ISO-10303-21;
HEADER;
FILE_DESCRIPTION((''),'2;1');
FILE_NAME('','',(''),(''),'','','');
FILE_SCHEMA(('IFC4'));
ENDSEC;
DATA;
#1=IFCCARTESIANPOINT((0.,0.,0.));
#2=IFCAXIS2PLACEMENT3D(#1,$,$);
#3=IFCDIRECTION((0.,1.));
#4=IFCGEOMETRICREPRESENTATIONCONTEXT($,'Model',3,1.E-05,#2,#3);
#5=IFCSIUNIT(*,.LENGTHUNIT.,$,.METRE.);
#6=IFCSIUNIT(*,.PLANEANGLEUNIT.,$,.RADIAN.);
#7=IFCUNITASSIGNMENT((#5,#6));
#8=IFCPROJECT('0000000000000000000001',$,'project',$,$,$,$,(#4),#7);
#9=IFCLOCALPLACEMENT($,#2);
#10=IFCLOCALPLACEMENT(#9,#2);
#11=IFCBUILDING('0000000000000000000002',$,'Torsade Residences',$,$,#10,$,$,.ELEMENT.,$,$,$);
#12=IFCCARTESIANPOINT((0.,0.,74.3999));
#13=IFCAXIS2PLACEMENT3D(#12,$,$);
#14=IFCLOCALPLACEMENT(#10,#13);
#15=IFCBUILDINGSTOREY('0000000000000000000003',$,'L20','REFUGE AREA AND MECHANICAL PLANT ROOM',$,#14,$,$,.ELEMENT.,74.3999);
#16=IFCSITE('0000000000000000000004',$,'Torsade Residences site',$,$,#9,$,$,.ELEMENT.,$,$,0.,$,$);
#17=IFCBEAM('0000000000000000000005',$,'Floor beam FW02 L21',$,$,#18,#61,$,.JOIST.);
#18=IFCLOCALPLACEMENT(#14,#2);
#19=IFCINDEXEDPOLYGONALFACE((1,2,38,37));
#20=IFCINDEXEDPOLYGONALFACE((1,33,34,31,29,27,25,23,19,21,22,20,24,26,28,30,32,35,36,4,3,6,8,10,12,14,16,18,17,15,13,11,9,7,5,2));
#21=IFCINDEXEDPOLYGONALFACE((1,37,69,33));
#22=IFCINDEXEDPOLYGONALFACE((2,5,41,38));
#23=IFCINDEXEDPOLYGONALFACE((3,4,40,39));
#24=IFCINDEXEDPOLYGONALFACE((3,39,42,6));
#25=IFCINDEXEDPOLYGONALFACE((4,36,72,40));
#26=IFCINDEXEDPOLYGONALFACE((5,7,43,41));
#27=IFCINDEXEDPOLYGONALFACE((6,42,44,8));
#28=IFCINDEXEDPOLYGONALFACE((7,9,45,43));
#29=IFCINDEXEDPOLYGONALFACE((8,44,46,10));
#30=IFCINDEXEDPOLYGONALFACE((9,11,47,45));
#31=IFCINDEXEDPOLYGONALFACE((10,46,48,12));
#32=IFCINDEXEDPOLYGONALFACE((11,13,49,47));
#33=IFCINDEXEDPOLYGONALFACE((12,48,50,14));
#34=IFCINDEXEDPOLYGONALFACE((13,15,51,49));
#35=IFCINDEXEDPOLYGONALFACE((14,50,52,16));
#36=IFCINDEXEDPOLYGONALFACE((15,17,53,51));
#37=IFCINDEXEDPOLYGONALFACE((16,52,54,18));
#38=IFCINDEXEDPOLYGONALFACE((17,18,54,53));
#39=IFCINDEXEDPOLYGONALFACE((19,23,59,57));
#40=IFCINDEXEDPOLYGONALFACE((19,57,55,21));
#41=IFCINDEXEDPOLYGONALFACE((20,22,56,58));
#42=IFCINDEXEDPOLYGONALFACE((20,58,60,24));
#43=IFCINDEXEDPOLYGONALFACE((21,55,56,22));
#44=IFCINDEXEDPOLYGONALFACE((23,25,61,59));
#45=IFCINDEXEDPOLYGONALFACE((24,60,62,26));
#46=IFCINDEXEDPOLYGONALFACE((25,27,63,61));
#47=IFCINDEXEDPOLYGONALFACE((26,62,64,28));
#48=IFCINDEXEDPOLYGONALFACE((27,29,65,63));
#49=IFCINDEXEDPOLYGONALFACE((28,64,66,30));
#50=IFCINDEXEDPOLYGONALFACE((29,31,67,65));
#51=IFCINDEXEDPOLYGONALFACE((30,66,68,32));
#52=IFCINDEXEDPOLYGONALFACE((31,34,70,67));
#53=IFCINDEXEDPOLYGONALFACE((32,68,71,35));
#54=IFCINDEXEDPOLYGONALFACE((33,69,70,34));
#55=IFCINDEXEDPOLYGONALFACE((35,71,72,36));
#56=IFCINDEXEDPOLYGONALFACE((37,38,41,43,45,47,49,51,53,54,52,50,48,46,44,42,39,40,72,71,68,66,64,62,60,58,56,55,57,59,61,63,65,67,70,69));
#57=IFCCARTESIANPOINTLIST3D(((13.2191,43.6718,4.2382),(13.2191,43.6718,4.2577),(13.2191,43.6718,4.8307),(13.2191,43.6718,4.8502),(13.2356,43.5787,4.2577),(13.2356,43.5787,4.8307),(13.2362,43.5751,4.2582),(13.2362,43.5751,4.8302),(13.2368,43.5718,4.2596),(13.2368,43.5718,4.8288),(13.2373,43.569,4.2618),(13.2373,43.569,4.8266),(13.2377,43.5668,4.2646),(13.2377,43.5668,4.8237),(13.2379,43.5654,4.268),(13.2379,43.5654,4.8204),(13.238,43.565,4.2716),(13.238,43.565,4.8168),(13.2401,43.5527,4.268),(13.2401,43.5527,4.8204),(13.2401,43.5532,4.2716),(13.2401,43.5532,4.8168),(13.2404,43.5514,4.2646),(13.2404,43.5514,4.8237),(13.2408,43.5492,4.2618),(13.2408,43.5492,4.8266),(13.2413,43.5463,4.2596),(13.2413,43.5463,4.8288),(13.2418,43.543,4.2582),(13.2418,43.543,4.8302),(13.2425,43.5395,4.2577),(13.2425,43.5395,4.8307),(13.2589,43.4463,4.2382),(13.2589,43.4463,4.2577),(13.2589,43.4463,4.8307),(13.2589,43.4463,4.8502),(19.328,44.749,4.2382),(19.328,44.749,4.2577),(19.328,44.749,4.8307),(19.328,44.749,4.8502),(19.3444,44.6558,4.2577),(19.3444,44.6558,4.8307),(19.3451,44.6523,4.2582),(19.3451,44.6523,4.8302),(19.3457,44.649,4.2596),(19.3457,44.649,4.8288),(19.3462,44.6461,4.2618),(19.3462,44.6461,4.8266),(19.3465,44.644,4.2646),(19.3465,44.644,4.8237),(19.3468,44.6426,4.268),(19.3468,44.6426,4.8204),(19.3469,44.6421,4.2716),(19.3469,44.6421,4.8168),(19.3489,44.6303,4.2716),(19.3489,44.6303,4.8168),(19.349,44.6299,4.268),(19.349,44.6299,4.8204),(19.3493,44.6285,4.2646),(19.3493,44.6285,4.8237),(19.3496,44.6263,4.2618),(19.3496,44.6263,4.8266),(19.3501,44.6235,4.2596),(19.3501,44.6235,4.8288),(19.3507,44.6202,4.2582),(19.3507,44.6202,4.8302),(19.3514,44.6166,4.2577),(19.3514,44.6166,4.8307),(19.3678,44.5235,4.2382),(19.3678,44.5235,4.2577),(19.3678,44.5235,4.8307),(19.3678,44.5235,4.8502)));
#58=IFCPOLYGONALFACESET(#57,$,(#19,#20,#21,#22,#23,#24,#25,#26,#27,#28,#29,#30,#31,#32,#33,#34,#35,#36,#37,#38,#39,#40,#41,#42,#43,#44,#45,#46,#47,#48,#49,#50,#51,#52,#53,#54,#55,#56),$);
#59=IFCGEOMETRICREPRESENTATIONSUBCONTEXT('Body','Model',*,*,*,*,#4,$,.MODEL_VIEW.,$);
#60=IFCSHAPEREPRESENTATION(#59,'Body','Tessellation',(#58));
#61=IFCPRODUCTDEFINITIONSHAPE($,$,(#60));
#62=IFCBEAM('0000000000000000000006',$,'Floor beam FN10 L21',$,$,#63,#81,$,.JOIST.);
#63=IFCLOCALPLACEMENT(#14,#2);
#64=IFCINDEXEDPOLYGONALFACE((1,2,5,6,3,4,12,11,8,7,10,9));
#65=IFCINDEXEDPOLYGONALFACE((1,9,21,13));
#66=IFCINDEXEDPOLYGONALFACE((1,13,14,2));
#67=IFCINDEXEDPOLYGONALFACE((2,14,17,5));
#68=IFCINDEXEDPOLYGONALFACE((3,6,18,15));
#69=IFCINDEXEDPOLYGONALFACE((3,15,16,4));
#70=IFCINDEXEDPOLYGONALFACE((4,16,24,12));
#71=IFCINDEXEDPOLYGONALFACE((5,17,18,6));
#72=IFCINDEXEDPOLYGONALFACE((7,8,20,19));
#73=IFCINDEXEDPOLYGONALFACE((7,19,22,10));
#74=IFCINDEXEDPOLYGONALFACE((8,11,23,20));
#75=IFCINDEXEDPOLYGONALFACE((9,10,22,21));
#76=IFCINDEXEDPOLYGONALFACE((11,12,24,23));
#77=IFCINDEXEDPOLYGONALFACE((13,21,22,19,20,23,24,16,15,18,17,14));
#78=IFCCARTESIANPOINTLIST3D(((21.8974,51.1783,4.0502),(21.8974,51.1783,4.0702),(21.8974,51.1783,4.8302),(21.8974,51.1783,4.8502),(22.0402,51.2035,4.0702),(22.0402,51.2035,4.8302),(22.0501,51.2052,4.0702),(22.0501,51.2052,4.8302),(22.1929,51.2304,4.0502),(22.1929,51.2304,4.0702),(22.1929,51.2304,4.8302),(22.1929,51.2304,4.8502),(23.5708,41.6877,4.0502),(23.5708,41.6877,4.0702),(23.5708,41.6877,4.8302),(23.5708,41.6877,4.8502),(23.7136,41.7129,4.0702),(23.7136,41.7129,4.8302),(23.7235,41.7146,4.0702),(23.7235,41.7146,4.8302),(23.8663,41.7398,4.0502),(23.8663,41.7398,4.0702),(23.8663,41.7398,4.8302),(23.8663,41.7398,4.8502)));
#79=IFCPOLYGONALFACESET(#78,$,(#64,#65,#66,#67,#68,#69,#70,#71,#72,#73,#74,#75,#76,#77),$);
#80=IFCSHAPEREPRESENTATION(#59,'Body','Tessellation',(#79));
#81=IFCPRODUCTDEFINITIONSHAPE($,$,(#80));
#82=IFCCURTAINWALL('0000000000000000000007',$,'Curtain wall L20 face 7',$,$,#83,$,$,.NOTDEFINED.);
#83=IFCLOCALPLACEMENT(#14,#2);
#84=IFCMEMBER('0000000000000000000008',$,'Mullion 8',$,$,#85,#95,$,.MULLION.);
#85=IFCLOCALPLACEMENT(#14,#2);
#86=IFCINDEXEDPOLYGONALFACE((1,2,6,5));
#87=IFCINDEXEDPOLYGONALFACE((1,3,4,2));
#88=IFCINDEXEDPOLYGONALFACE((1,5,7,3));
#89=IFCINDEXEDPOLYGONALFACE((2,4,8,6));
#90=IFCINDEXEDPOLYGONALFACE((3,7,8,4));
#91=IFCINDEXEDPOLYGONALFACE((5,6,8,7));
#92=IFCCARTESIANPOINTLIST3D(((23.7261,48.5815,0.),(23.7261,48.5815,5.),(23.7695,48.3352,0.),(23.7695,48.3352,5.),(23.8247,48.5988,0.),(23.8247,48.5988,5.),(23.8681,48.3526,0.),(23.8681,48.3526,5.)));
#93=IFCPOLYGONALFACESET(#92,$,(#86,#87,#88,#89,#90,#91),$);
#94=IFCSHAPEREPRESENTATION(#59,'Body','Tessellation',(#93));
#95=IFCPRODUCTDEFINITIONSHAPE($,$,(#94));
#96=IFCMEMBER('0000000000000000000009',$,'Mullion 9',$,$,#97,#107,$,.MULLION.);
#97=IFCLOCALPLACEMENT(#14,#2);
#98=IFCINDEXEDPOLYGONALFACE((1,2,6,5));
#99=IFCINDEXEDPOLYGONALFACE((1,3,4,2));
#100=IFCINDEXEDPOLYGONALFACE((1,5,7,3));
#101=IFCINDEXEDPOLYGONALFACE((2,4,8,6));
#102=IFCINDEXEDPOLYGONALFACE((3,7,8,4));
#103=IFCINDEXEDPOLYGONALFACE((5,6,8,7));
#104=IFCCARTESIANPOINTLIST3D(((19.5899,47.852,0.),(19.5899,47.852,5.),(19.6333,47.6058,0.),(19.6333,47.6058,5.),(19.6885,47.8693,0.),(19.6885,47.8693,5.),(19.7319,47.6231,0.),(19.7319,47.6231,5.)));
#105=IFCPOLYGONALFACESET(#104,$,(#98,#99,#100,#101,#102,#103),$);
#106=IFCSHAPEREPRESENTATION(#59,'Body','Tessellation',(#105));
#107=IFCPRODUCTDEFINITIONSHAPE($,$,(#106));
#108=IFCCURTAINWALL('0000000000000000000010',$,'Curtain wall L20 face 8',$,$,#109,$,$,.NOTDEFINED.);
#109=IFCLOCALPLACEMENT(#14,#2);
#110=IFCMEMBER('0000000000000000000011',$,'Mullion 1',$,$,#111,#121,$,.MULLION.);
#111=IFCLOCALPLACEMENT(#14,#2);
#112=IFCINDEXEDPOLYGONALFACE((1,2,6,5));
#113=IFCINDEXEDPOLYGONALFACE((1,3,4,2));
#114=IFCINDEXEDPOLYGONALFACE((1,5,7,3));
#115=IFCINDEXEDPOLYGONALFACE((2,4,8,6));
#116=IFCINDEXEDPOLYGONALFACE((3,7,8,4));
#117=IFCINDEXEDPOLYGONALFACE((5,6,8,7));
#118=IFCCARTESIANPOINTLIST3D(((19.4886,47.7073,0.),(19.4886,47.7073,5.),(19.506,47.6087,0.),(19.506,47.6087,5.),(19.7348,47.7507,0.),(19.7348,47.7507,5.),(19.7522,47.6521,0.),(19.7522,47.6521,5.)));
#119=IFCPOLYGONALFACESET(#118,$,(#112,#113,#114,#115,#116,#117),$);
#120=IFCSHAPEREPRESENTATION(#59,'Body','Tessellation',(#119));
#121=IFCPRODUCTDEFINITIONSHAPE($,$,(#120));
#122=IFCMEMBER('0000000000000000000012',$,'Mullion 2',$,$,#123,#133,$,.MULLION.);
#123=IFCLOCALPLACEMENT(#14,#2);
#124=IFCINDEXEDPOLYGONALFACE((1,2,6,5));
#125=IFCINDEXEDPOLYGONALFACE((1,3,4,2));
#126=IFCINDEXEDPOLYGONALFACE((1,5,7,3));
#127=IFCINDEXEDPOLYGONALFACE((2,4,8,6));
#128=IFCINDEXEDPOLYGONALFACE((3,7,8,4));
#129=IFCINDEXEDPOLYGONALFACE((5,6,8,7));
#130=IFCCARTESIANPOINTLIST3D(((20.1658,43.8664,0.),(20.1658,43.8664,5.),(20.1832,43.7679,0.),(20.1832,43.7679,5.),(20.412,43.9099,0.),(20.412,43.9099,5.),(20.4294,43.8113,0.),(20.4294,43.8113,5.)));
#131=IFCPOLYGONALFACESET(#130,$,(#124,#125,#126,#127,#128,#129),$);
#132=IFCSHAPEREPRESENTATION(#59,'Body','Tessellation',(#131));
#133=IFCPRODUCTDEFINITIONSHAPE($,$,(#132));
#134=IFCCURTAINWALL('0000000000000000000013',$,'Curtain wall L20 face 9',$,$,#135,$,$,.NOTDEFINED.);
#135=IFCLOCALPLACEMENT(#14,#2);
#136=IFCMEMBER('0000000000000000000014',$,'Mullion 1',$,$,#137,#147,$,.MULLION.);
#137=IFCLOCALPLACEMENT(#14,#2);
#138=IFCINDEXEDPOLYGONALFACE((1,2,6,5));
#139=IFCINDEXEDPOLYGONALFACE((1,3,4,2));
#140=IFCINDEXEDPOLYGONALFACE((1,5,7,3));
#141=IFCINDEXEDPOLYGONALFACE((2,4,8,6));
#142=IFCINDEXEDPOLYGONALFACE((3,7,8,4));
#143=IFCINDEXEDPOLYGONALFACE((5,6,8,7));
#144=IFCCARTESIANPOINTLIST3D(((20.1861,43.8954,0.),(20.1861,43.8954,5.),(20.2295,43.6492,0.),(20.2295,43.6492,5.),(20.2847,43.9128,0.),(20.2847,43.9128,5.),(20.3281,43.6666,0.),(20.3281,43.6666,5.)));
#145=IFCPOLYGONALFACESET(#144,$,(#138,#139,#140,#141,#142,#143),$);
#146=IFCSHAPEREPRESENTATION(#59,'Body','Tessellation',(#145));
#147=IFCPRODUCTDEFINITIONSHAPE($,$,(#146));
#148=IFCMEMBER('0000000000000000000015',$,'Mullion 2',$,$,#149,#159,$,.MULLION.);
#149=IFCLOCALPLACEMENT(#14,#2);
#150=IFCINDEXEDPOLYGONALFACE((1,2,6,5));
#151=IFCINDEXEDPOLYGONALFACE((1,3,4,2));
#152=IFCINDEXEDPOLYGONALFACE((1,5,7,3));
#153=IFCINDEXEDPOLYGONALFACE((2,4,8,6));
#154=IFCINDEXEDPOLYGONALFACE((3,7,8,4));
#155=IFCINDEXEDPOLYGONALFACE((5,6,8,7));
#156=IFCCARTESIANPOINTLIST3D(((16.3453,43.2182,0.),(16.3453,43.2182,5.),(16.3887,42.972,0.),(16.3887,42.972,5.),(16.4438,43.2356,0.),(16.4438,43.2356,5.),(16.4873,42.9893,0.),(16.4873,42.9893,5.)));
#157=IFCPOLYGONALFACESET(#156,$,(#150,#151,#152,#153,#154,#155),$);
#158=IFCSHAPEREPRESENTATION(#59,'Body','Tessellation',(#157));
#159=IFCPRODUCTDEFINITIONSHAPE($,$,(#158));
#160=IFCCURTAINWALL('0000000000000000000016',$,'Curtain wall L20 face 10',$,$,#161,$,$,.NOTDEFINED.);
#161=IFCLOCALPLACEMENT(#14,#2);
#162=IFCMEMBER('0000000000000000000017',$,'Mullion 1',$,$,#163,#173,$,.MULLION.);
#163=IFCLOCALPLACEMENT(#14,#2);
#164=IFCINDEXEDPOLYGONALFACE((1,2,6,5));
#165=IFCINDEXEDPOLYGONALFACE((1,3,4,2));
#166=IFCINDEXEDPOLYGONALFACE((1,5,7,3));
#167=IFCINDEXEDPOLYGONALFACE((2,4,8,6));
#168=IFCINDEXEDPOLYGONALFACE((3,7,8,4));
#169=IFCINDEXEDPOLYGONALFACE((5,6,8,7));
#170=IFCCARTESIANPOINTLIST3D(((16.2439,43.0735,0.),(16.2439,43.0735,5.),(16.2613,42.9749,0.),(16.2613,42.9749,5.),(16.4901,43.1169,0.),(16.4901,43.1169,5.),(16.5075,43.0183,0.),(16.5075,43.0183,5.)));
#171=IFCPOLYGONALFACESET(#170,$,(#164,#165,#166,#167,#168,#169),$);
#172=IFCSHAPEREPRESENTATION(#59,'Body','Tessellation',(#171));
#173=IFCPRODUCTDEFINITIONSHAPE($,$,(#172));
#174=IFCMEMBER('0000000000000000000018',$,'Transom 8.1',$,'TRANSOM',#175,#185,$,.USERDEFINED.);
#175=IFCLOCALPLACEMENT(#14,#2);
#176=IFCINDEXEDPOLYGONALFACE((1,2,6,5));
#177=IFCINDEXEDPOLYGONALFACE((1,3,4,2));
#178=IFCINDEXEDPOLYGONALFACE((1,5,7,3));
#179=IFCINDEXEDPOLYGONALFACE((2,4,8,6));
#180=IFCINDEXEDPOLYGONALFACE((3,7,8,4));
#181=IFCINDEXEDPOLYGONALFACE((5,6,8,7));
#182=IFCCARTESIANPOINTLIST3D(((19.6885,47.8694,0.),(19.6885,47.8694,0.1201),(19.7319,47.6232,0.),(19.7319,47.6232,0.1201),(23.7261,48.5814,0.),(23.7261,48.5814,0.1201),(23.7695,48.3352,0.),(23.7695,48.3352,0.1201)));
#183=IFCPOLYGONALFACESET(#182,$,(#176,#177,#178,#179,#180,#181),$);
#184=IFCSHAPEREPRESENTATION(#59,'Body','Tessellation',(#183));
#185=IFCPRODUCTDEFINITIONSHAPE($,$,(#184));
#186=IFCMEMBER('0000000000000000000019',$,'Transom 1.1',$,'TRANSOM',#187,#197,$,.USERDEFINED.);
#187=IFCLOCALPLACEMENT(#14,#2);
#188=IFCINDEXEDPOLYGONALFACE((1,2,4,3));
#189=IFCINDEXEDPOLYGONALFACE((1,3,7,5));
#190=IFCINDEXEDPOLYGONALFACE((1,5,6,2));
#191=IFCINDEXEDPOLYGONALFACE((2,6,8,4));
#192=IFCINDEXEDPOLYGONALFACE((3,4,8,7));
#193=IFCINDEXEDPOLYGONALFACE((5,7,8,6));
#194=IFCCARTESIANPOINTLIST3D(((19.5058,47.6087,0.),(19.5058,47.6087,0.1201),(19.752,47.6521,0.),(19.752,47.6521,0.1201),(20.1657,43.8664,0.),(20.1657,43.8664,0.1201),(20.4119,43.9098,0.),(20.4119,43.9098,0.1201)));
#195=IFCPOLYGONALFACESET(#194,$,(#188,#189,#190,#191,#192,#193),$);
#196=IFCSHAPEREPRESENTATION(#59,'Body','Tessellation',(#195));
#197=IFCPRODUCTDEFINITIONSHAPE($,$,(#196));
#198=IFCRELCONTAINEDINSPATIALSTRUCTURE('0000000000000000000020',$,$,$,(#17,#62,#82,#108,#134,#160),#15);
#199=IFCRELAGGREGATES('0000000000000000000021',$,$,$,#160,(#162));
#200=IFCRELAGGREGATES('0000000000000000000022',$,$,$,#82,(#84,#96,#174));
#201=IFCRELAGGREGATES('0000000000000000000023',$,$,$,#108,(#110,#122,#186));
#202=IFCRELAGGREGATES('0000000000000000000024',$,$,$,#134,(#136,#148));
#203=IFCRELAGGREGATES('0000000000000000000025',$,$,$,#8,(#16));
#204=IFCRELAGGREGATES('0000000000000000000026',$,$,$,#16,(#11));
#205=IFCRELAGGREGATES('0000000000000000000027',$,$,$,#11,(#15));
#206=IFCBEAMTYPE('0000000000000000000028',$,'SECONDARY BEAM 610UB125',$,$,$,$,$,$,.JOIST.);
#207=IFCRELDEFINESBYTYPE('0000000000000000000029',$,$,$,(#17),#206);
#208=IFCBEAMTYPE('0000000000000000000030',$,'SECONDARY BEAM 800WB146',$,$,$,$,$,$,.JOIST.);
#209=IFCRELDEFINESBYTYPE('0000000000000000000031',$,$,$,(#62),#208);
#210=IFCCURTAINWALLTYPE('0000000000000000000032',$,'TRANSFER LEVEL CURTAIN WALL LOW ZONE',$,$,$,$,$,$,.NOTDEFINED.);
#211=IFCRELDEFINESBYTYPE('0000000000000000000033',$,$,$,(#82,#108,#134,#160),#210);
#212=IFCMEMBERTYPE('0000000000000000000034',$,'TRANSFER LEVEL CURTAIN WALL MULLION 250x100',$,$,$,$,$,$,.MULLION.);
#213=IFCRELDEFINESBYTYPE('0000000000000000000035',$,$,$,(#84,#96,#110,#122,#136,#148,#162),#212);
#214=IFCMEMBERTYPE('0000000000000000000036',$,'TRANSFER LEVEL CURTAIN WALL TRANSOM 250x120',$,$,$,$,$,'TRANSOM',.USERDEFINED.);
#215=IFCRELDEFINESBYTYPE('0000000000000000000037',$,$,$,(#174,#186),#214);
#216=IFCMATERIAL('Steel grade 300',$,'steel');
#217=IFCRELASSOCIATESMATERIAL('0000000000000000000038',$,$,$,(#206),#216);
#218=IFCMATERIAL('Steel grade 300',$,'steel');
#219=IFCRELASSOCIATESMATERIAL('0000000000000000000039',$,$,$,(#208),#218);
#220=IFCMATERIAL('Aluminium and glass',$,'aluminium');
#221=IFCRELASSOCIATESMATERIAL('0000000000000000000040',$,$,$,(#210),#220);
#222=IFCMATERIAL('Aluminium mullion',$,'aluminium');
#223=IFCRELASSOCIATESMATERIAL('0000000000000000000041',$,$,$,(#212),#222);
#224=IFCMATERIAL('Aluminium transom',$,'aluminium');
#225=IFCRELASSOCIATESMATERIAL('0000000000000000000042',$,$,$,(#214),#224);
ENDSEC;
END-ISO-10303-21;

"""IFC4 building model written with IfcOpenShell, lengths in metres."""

from ifc_helpers import new_model, si_unit, direction, frame, origin, origin_2d, place, context, subcontext, project, spatial, rectangle, i_section, extrude, material, material_profile, profile_set, type_object, element, aggregate, save


model = new_model("IFC4")

# Units and contexts
model_context = context("Model", 3, precision=1e-05, world=origin(), true_north=direction((0.0, 1.0)))
body_context = subcontext(model_context, "Body", "Model", "MODEL_VIEW")
ifc_project = project(units=[si_unit("LENGTHUNIT", "METRE"), si_unit("PLANEANGLEUNIT", "RADIAN")], contexts=[model_context])

# Site, building, storey
site_placement = place(None, origin())
site = spatial("IfcSite", under=ifc_project, at=site_placement, Name="Torsade Residences site", CompositionType="ELEMENT", RefElevation=0.0)
building_placement = place(site_placement, origin())
building = spatial("IfcBuilding", under=site, at=building_placement, Name="Torsade Residences", CompositionType="ELEMENT")
storey_placement = place(building_placement, frame((0.0, 0.0, 74.3999)))
storey = spatial("IfcBuildingStorey", under=building, at=storey_placement, Name="L20", Description="REFUGE AREA AND MECHANICAL PLANT ROOM", CompositionType="ELEMENT", Elevation=74.3999)

# Beams
ifc_material_1 = material(Name="Steel grade 300", Category="steel")
ifc_material_profile_1 = material_profile(ifc_material_1, i_section(OverallWidth=0.229, OverallDepth=0.6121, WebThickness=0.012, FlangeThickness=0.0195, FilletRadius=0.0139, at=origin_2d()), Name="610UB125")
ifc_profile_set_1 = profile_set([ifc_material_profile_1], Name="Steel grade 300")
beam_type_1 = type_object("IfcBeamType", Name="SECONDARY BEAM 610UB125", PredefinedType="JOIST", material=ifc_profile_set_1)
beam_1_placement = place(storey_placement, frame((13.239, 43.5591, 4.5442), z_axis=(0.984808, 0.173646, 0.0), x_axis=(-0.173646, 0.984808, 0.0)))
element("IfcBeam", 1, at=beam_1_placement, inside=storey, type_object=beam_type_1, Name="Floor beam FW02 L21", PredefinedType="JOIST", context=body_context, shape_type="SweptSolid", body=[
    extrude(i_section(OverallWidth=0.229, OverallDepth=0.6121, WebThickness=0.012, FlangeThickness=0.0195, FilletRadius=0.0139, at=origin_2d()), origin(), (0.0, 0.0, 1.0), 6.2031),
])
ifc_material_2 = material(Name="Steel grade 300", Category="steel")
ifc_material_profile_2 = material_profile(ifc_material_2, i_section(OverallWidth=0.3, OverallDepth=0.8, WebThickness=0.01, FlangeThickness=0.02, at=origin_2d()), Name="800WB146")
ifc_profile_set_2 = profile_set([ifc_material_profile_2], Name="Steel grade 300")
beam_type_2 = type_object("IfcBeamType", Name="SECONDARY BEAM 800WB146", PredefinedType="JOIST", material=ifc_profile_set_2)
beam_2_placement = place(storey_placement, frame((22.0452, 51.2043, 4.4502), z_axis=(0.173639, -0.984809, 0.0), x_axis=(0.984809, 0.173639, 0.0)))
element("IfcBeam", 2, at=beam_2_placement, inside=storey, type_object=beam_type_2, Name="Floor beam FN10 L21", PredefinedType="JOIST", context=body_context, shape_type="SweptSolid", body=[
    extrude(i_section(OverallWidth=0.3, OverallDepth=0.8, WebThickness=0.01, FlangeThickness=0.02, at=origin_2d()), origin(), (0.0, 0.0, 1.0), 9.637),
])

# Curtain walls, members
ifc_material_3 = material(Name="Aluminium and glass", Category="aluminium")
curtain_wall_type = type_object("IfcCurtainWallType", Name="TRANSFER LEVEL CURTAIN WALL LOW ZONE", PredefinedType="NOTDEFINED", material=ifc_material_3)
curtain_wall_1_placement = place(storey_placement, origin())
curtain_wall_1 = element("IfcCurtainWall", 3, at=curtain_wall_1_placement, inside=storey, type_object=curtain_wall_type, Name="Curtain wall L20 face 7", PredefinedType="NOTDEFINED")
ifc_material_4 = material(Name="Aluminium mullion", Category="aluminium")
ifc_material_profile_3 = material_profile(ifc_material_4, rectangle(XDim=0.25, YDim=0.1001, at=origin_2d()), Name="TRANSFER LEVEL CURTAIN WALL MULLION 250x100")
ifc_profile_set_3 = profile_set([ifc_material_profile_3], Name="Aluminium mullion")
member_type_1 = type_object("IfcMemberType", Name="TRANSFER LEVEL CURTAIN WALL MULLION 250x100", PredefinedType="MULLION", material=ifc_profile_set_3)
member_1_placement = place(storey_placement, frame((23.7971, 48.467, 0.0), z_axis=(0.0, 0.0, 1.0), x_axis=(0.173648, -0.984808, 0.0)))
member_1 = element("IfcMember", 4, at=member_1_placement, type_object=member_type_1, Name="Mullion 8", PredefinedType="MULLION", context=body_context, shape_type="SweptSolid", body=[
    extrude(rectangle(XDim=0.25, YDim=0.1001, at=origin_2d()), origin(), (0.0, 0.0, 1.0), 5.0),
])
member_2_placement = place(storey_placement, frame((19.6609, 47.7375, 0.0), z_axis=(0.0, 0.0, 1.0), x_axis=(0.173648, -0.984808, 0.0)))
member_2 = element("IfcMember", 5, at=member_2_placement, type_object=member_type_1, Name="Mullion 9", PredefinedType="MULLION", context=body_context, shape_type="SweptSolid", body=[
    extrude(rectangle(XDim=0.25, YDim=0.1001, at=origin_2d()), origin(), (0.0, 0.0, 1.0), 5.0),
])
curtain_wall_2_placement = place(storey_placement, origin())
curtain_wall_2 = element("IfcCurtainWall", 6, at=curtain_wall_2_placement, inside=storey, type_object=curtain_wall_type, Name="Curtain wall L20 face 8", PredefinedType="NOTDEFINED")
member_3_placement = place(storey_placement, frame((19.6204, 47.6797, 0.0), z_axis=(0.0, 0.0, 1.0), x_axis=(0.984808, 0.173648, 0.0)))
member_3 = element("IfcMember", 7, at=member_3_placement, type_object=member_type_1, Name="Mullion 1", PredefinedType="MULLION", context=body_context, shape_type="SweptSolid", body=[
    extrude(rectangle(XDim=0.25, YDim=0.1001, at=origin_2d()), origin(), (0.0, 0.0, 1.0), 5.0),
])
member_4_placement = place(storey_placement, frame((20.2976, 43.8389, 0.0), z_axis=(0.0, 0.0, 1.0), x_axis=(0.984808, 0.173648, 0.0)))
member_4 = element("IfcMember", 8, at=member_4_placement, type_object=member_type_1, Name="Mullion 2", PredefinedType="MULLION", context=body_context, shape_type="SweptSolid", body=[
    extrude(rectangle(XDim=0.25, YDim=0.1001, at=origin_2d()), origin(), (0.0, 0.0, 1.0), 5.0),
])
curtain_wall_3_placement = place(storey_placement, origin())
curtain_wall_3 = element("IfcCurtainWall", 9, at=curtain_wall_3_placement, inside=storey, type_object=curtain_wall_type, Name="Curtain wall L20 face 9", PredefinedType="NOTDEFINED")
member_5_placement = place(storey_placement, frame((20.2571, 43.781, 0.0), z_axis=(0.0, 0.0, 1.0), x_axis=(0.173648, -0.984808, 0.0)))
member_5 = element("IfcMember", 10, at=member_5_placement, type_object=member_type_1, Name="Mullion 1", PredefinedType="MULLION", context=body_context, shape_type="SweptSolid", body=[
    extrude(rectangle(XDim=0.25, YDim=0.1001, at=origin_2d()), origin(), (0.0, 0.0, 1.0), 5.0),
])
member_6_placement = place(storey_placement, frame((16.4163, 43.1038, 0.0), z_axis=(0.0, 0.0, 1.0), x_axis=(0.173648, -0.984808, 0.0)))
member_6 = element("IfcMember", 11, at=member_6_placement, type_object=member_type_1, Name="Mullion 2", PredefinedType="MULLION", context=body_context, shape_type="SweptSolid", body=[
    extrude(rectangle(XDim=0.25, YDim=0.1001, at=origin_2d()), origin(), (0.0, 0.0, 1.0), 5.0),
])

# Curtain wall, member
curtain_wall_4_placement = place(storey_placement, origin())
curtain_wall_4 = element("IfcCurtainWall", 12, at=curtain_wall_4_placement, inside=storey, type_object=curtain_wall_type, Name="Curtain wall L20 face 10", PredefinedType="NOTDEFINED")
member_7_placement = place(storey_placement, frame((16.3757, 43.0459, 0.0), z_axis=(0.0, 0.0, 1.0), x_axis=(0.984808, 0.173648, 0.0)))
member_7 = element("IfcMember", 13, at=member_7_placement, type_object=member_type_1, Name="Mullion 1", PredefinedType="MULLION", context=body_context, shape_type="SweptSolid", body=[
    extrude(rectangle(XDim=0.25, YDim=0.1001, at=origin_2d()), origin(), (0.0, 0.0, 1.0), 5.0),
])

# Members
ifc_material_5 = material(Name="Aluminium transom", Category="aluminium")
ifc_material_profile_4 = material_profile(ifc_material_5, rectangle(XDim=0.25, YDim=0.1201, at=origin_2d()), Name="TRANSFER LEVEL CURTAIN WALL TRANSOM 250x120")
ifc_profile_set_4 = profile_set([ifc_material_profile_4], Name="Aluminium transom")
member_type_2 = type_object("IfcMemberType", Name="TRANSFER LEVEL CURTAIN WALL TRANSOM 250x120", ElementType="TRANSOM", PredefinedType="USERDEFINED", material=ifc_profile_set_4)
member_8_placement = place(storey_placement, frame((23.7478, 48.4583, 0.0601), z_axis=(-0.984809, -0.173643, 0.0), x_axis=(0.173643, -0.984809, 0.0)))
member_8 = element("IfcMember", 14, at=member_8_placement, type_object=member_type_2, Name="Transom 8.1", ObjectType="TRANSOM", PredefinedType="USERDEFINED", context=body_context, shape_type="SweptSolid", body=[
    extrude(rectangle(XDim=0.25, YDim=0.1201, at=origin_2d()), origin(), (0.0, 0.0, 1.0), 4.0999),
])
member_9_placement = place(storey_placement, frame((19.6289, 47.6304, 0.0601), z_axis=(0.173664, -0.984805, 0.0), x_axis=(0.984805, 0.173664, 0.0)))
member_9 = element("IfcMember", 15, at=member_9_placement, type_object=member_type_2, Name="Transom 1.1", ObjectType="TRANSOM", PredefinedType="USERDEFINED", context=body_context, shape_type="SweptSolid", body=[
    extrude(rectangle(XDim=0.25, YDim=0.1201, at=origin_2d()), origin(), (0.0, 0.0, 1.0), 3.8),
])
aggregate(curtain_wall_4, [member_7])

aggregate(curtain_wall_1, [member_1, member_2, member_8])
aggregate(curtain_wall_2, [member_3, member_4, member_9])
aggregate(curtain_wall_3, [member_5, member_6])

save(model, "model.ifc")
